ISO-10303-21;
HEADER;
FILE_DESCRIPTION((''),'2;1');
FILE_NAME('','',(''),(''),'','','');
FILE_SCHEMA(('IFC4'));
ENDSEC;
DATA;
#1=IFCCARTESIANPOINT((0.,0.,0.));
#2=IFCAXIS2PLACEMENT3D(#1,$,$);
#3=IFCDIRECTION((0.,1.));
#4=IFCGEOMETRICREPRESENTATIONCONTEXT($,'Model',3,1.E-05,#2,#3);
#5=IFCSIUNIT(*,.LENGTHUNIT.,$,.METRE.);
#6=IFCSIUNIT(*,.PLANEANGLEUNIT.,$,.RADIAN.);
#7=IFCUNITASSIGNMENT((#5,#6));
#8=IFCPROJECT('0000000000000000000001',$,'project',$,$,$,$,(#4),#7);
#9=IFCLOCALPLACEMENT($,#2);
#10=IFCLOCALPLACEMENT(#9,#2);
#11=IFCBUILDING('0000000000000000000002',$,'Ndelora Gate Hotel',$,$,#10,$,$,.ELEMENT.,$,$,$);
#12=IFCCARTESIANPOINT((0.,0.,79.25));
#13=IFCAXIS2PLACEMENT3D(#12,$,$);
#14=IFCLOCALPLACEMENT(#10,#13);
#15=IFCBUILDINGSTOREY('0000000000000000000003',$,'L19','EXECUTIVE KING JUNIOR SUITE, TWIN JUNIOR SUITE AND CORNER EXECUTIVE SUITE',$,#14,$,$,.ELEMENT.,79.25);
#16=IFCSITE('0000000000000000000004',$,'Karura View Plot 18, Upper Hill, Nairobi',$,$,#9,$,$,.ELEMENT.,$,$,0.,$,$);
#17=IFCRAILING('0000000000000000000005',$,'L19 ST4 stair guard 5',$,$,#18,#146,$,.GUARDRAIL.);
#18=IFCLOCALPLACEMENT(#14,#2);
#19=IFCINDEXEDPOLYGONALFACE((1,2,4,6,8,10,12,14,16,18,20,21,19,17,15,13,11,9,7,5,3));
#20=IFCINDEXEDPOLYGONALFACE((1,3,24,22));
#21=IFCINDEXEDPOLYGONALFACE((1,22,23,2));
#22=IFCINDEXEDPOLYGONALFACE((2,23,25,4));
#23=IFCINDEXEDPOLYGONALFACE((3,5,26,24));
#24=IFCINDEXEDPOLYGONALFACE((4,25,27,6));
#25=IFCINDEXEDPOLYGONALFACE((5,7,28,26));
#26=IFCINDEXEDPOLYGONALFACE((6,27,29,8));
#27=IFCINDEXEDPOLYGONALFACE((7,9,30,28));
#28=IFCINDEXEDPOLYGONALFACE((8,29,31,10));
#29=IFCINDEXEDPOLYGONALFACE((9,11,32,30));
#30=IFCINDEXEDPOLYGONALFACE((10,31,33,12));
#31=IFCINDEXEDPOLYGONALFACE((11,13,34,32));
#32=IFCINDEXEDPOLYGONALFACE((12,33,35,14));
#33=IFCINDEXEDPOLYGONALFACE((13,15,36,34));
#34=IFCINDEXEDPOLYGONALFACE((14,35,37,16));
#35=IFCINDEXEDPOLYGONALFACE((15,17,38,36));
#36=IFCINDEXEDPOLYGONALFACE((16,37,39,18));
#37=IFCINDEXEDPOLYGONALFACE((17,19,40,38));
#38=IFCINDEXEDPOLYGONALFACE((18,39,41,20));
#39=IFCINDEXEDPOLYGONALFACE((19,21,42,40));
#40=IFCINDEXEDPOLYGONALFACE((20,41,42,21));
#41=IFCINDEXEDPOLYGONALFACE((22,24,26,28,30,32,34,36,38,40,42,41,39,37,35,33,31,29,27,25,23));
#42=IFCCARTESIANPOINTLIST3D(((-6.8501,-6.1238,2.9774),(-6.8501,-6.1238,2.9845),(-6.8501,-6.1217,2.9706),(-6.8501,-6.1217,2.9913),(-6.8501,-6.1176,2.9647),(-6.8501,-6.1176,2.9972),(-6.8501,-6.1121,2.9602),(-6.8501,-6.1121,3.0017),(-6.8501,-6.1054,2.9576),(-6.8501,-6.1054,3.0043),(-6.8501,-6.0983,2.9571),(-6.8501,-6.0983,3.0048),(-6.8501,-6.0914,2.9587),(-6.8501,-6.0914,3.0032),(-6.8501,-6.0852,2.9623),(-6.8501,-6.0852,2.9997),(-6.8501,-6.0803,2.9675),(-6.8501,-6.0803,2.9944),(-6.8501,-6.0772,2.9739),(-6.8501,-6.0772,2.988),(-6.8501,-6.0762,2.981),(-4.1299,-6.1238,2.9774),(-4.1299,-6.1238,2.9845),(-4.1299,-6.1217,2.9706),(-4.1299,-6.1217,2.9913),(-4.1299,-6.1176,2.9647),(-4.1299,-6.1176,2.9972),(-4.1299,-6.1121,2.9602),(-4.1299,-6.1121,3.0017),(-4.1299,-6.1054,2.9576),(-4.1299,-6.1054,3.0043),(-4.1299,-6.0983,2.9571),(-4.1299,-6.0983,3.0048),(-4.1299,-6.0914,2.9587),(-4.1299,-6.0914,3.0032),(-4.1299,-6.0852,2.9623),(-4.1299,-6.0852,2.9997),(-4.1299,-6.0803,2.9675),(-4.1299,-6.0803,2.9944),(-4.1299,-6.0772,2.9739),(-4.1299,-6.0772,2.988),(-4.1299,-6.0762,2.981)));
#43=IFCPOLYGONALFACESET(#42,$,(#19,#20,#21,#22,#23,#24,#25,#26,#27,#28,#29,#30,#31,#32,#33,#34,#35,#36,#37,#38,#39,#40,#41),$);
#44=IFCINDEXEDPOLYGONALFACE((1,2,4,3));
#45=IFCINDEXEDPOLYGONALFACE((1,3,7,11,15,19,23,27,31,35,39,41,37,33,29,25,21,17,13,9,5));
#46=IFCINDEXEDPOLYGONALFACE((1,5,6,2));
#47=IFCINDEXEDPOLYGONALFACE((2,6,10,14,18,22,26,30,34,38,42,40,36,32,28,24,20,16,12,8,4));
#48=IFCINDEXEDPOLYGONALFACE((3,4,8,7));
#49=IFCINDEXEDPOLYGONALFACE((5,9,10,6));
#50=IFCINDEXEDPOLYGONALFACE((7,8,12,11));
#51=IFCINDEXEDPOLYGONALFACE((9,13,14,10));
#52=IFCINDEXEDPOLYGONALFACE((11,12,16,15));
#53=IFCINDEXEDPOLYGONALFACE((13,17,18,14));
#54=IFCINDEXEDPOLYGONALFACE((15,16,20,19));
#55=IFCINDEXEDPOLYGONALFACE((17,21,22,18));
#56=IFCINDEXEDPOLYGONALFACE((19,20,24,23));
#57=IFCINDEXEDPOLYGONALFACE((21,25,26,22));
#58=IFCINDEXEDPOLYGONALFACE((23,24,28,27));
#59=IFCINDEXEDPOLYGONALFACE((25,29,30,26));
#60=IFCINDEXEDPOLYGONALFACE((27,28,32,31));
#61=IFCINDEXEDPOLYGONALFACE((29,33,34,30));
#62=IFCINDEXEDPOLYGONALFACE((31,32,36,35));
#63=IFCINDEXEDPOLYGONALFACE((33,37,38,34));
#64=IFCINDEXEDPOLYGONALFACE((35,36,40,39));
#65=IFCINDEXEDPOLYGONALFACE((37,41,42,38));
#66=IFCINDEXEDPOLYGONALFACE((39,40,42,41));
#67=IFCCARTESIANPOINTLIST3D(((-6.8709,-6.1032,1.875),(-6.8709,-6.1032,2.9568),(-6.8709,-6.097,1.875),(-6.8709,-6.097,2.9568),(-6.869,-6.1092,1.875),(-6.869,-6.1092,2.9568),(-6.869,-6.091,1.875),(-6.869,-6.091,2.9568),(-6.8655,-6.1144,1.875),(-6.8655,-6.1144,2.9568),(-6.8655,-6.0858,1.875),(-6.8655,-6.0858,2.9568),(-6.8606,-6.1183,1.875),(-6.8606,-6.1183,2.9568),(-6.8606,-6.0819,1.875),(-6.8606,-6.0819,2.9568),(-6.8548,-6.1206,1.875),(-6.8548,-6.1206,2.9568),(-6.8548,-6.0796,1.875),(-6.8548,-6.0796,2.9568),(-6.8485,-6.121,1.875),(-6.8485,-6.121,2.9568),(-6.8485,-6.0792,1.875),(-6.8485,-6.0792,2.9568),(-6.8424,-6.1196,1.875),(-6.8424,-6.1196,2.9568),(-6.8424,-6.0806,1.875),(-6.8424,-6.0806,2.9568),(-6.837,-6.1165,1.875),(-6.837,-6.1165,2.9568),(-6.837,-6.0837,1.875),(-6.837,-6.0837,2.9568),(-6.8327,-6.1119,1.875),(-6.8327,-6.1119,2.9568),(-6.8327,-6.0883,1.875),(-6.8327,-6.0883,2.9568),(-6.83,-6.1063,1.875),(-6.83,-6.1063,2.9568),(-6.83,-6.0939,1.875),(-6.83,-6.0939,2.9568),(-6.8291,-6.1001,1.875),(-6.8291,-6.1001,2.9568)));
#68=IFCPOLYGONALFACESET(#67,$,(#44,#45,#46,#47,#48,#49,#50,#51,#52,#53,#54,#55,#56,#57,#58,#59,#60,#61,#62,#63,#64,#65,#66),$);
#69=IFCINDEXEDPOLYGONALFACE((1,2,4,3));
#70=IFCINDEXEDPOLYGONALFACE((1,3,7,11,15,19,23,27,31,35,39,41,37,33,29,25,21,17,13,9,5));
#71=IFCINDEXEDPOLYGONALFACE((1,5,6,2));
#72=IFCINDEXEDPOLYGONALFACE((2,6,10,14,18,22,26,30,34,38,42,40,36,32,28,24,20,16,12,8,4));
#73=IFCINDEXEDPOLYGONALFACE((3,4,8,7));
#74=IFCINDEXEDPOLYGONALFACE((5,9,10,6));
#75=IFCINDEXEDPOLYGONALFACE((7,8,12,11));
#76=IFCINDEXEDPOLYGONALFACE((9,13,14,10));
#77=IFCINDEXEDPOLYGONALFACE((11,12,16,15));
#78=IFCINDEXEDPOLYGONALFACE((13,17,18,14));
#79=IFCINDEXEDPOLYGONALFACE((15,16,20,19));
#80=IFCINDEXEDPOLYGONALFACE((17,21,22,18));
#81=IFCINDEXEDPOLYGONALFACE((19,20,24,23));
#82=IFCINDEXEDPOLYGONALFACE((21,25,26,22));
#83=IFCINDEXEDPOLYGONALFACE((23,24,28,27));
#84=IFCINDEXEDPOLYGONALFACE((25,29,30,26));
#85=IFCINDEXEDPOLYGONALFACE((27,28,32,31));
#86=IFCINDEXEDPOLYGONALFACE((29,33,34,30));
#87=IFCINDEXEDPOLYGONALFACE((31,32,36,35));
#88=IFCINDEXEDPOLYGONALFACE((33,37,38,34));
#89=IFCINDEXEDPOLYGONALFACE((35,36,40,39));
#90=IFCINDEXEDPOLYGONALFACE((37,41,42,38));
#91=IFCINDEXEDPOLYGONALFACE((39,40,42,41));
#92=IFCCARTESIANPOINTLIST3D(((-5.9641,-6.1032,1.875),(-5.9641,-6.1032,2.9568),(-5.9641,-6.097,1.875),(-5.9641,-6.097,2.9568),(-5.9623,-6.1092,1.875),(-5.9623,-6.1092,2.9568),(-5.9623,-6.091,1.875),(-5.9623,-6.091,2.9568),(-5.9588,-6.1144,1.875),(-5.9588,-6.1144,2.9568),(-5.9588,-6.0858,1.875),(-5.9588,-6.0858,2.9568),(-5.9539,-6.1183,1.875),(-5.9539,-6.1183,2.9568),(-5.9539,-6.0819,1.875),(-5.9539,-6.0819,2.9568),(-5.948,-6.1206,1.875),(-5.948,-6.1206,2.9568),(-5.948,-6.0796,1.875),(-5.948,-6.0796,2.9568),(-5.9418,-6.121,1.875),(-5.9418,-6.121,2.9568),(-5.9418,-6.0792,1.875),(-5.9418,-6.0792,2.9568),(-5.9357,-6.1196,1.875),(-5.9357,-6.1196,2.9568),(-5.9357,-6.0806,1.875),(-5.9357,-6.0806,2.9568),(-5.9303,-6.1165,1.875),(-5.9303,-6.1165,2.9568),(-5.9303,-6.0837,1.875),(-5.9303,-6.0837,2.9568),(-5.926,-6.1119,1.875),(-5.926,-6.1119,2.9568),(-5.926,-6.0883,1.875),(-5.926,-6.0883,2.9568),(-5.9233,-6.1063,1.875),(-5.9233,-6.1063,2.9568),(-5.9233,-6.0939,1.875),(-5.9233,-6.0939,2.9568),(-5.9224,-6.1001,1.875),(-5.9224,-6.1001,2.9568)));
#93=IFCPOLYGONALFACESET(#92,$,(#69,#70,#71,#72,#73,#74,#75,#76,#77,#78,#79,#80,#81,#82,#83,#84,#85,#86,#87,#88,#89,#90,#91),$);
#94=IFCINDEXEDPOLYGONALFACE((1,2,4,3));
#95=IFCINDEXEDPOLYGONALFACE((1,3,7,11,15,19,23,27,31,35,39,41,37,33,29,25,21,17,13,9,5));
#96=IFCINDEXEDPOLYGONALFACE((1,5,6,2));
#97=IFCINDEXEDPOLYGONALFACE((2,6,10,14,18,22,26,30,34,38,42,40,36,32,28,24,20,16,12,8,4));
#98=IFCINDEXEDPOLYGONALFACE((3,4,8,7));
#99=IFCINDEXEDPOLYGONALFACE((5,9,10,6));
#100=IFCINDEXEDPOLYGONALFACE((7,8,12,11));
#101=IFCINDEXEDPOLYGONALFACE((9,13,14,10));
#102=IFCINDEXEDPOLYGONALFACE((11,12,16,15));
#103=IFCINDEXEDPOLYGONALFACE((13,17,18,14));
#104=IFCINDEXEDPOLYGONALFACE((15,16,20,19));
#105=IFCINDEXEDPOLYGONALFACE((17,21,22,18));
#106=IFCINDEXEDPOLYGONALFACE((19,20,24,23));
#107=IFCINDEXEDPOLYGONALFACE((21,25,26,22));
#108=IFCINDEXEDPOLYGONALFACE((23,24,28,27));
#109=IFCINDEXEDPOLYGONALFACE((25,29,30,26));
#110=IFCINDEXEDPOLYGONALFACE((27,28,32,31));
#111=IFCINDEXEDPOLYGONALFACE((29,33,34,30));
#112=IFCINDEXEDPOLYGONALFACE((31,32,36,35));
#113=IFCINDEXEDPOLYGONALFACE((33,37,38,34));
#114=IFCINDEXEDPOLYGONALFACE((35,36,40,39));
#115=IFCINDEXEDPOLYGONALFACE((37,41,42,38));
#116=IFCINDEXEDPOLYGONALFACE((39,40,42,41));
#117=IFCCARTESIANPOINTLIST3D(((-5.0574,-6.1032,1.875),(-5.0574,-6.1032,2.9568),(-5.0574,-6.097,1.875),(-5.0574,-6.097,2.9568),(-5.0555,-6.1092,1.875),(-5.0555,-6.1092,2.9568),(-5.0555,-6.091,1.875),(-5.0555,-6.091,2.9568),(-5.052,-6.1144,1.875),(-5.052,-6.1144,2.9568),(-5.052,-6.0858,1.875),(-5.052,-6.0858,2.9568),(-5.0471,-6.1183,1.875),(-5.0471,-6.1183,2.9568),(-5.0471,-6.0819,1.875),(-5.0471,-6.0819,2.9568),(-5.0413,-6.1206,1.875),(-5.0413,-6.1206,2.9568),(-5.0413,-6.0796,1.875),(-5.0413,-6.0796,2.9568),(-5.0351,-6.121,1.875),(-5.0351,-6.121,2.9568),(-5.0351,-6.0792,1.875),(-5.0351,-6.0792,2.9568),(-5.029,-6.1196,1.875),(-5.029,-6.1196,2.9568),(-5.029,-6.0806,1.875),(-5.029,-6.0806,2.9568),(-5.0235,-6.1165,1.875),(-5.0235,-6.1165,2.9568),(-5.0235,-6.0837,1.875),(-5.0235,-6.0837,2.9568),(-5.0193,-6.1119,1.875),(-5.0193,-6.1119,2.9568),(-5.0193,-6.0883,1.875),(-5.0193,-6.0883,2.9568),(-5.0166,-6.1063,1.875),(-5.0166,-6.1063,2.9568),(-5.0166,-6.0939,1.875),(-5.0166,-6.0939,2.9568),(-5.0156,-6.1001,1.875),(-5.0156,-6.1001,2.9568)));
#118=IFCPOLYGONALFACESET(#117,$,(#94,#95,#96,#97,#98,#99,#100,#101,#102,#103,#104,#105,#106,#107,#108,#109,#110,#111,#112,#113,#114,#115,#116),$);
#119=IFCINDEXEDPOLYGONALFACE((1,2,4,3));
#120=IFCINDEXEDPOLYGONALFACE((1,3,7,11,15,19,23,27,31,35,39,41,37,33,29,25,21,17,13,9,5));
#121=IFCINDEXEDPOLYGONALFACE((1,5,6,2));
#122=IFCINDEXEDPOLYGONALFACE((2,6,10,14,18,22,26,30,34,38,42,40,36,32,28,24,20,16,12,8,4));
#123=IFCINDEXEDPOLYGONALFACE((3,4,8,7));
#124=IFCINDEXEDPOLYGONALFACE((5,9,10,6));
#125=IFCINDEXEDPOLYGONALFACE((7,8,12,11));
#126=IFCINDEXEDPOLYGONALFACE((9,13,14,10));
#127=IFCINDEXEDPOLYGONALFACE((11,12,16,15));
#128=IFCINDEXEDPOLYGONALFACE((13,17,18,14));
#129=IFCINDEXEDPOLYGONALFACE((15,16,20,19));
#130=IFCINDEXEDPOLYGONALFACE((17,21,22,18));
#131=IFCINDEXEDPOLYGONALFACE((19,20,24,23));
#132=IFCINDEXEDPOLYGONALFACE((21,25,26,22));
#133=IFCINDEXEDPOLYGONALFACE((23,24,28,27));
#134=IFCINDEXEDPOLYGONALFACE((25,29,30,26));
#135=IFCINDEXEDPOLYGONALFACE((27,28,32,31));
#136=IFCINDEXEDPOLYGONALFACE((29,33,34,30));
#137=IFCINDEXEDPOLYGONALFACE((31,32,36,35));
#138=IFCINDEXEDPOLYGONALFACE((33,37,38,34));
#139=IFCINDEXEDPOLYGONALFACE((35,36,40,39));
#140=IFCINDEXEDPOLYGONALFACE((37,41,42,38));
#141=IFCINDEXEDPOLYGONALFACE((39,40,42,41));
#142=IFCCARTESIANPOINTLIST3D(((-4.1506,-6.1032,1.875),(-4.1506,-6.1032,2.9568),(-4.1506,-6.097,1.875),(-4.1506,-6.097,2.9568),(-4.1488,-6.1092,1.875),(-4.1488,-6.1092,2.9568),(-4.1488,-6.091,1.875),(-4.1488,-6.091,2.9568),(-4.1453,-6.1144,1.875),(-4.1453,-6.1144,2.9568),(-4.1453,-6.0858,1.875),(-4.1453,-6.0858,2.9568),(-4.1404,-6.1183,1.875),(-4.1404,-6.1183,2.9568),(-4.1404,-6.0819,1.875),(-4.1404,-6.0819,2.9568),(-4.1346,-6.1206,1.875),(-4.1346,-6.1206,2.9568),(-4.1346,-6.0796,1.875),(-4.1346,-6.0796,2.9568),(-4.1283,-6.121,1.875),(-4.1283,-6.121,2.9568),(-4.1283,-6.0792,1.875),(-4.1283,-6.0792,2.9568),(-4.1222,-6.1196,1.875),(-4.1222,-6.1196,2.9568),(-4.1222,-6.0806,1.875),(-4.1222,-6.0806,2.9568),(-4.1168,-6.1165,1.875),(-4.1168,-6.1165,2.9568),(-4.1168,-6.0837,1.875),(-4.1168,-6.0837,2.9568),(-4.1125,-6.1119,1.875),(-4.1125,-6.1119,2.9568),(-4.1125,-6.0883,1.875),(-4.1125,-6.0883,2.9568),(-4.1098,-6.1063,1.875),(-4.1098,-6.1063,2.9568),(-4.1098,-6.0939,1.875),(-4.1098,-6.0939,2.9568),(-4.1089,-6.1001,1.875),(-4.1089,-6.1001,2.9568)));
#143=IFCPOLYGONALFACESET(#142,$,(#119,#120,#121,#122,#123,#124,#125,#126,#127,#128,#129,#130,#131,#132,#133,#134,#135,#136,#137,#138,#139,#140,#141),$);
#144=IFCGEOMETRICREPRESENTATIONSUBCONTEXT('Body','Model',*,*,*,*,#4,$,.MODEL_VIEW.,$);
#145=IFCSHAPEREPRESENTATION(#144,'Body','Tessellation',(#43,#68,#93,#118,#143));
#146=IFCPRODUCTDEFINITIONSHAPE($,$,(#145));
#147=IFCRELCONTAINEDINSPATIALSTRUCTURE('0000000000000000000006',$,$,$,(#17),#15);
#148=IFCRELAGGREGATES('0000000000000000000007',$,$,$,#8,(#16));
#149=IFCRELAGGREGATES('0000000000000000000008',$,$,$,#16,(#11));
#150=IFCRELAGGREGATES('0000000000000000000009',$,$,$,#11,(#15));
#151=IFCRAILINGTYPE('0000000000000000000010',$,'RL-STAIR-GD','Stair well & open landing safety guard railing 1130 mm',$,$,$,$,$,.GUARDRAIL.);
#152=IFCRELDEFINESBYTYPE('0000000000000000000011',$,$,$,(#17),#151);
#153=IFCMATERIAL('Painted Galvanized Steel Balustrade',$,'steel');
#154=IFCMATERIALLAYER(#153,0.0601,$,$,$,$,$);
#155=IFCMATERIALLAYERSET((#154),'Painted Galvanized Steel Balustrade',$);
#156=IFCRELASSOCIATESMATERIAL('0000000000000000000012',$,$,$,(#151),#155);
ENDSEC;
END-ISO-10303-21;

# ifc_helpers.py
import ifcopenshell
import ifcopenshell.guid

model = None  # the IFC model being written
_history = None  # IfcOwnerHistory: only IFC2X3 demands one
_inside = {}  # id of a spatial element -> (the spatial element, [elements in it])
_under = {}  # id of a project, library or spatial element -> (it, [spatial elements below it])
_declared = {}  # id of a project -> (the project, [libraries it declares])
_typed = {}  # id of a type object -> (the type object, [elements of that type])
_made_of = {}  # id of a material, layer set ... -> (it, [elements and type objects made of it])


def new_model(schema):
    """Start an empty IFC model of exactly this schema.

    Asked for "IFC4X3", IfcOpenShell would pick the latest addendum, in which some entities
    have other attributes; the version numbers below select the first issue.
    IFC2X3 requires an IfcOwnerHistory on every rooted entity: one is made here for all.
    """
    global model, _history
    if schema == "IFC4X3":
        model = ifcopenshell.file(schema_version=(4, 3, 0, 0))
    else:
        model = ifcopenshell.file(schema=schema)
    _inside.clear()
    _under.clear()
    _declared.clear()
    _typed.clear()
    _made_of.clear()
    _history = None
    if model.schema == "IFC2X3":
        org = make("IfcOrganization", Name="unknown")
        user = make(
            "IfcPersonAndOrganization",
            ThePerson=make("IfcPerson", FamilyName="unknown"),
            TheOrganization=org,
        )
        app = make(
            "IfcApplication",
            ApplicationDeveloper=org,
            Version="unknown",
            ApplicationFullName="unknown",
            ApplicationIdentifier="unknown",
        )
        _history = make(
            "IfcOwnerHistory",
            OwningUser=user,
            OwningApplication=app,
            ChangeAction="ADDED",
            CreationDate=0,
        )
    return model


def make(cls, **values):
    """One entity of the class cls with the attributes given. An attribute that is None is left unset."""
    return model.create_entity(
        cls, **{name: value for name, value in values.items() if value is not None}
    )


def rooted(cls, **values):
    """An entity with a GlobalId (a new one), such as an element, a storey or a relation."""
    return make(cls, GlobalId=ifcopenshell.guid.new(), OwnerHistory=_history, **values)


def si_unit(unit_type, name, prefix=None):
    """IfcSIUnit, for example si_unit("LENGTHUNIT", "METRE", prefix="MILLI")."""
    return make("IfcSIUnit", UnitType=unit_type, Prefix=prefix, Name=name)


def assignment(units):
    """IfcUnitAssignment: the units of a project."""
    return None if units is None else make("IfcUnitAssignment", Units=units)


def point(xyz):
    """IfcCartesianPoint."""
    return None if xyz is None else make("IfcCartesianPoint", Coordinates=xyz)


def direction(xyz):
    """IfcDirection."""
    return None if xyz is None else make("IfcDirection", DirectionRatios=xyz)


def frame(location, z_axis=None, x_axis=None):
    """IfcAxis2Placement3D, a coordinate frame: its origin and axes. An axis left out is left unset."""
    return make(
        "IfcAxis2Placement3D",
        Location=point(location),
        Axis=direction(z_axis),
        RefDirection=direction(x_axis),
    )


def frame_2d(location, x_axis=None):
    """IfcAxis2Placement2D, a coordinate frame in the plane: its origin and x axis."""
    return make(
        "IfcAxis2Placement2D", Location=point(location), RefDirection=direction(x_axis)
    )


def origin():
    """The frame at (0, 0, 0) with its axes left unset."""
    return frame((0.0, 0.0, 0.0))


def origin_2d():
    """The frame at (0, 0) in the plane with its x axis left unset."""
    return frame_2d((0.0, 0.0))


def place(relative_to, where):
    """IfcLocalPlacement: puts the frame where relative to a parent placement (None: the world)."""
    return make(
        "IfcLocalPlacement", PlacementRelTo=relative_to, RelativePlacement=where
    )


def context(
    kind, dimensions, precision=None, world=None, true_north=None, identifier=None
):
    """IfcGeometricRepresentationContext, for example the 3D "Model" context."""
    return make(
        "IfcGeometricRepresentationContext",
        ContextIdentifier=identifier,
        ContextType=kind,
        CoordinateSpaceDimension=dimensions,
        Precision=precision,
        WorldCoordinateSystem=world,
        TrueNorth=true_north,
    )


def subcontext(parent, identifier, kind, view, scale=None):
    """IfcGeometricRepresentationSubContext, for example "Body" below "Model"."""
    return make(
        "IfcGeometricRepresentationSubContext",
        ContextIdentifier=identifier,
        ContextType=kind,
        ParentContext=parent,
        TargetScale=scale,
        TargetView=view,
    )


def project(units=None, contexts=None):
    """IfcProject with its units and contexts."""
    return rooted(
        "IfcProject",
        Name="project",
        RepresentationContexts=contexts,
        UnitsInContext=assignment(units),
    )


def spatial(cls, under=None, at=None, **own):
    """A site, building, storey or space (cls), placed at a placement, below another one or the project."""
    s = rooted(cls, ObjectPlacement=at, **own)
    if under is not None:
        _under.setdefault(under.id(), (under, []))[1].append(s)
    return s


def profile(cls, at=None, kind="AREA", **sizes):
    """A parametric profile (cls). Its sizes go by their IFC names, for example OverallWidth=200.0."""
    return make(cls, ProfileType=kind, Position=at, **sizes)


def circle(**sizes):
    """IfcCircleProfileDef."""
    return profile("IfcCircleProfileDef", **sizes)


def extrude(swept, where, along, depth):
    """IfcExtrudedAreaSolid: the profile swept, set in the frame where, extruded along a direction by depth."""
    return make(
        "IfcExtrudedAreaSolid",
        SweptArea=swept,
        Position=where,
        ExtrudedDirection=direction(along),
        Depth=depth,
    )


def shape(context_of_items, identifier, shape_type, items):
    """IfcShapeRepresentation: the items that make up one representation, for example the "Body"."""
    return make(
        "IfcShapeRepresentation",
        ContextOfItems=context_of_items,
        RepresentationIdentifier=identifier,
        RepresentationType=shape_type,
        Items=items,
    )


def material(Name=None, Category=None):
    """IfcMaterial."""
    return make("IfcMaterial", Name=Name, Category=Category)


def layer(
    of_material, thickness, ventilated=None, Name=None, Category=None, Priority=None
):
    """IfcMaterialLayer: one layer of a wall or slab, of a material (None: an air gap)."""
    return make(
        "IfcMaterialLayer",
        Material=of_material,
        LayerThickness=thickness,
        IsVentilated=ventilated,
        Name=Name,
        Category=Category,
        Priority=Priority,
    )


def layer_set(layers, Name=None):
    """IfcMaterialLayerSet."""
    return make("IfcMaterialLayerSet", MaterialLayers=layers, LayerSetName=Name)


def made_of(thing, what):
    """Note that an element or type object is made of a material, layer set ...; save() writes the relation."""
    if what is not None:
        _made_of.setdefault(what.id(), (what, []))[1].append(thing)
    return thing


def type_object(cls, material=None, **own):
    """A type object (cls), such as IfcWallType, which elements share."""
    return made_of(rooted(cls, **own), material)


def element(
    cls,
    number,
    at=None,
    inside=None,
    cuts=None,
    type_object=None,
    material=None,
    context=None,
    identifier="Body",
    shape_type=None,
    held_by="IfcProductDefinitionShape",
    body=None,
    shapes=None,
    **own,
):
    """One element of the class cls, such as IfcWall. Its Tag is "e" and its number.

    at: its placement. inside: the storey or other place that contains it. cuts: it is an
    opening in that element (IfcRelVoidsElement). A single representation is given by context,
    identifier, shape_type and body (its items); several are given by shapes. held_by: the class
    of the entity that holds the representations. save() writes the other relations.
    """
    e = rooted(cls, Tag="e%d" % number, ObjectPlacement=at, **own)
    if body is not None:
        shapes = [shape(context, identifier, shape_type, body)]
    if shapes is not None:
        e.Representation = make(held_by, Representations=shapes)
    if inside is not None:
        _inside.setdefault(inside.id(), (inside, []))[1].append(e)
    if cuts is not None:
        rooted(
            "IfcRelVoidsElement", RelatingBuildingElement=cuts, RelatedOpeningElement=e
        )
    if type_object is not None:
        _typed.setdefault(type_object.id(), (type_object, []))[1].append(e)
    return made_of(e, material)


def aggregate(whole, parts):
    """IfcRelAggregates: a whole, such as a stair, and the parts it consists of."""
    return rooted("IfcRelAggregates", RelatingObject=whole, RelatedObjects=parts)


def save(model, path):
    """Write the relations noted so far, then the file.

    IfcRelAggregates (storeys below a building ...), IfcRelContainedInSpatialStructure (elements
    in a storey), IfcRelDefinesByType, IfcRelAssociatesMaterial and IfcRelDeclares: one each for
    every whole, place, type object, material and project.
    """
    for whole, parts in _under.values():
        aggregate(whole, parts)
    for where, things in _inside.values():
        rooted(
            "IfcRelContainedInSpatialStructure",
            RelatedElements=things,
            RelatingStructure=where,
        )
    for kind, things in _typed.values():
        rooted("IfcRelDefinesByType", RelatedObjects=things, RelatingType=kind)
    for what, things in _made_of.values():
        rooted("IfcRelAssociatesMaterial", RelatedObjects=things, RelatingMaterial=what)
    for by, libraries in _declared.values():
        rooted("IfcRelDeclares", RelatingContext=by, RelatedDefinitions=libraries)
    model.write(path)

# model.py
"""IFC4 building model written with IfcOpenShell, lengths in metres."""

from ifc_helpers import new_model, si_unit, direction, frame, origin, origin_2d, place, context, subcontext, project, spatial, circle, extrude, material, layer, layer_set, type_object, element, save


model = new_model("IFC4")

# Units and contexts
model_context = context("Model", 3, precision=1e-05, world=origin(), true_north=direction((0.0, 1.0)))
body_context = subcontext(model_context, "Body", "Model", "MODEL_VIEW")
ifc_project = project(units=[si_unit("LENGTHUNIT", "METRE"), si_unit("PLANEANGLEUNIT", "RADIAN")], contexts=[model_context])

# Site, building, storey
site_placement = place(None, origin())
site = spatial("IfcSite", under=ifc_project, at=site_placement, Name="Karura View Plot 18, Upper Hill, Nairobi", CompositionType="ELEMENT", RefElevation=0.0)
building_placement = place(site_placement, origin())
building = spatial("IfcBuilding", under=site, at=building_placement, Name="Ndelora Gate Hotel", CompositionType="ELEMENT")
storey_placement = place(building_placement, frame((0.0, 0.0, 79.25)))
storey = spatial("IfcBuildingStorey", under=building, at=storey_placement, Name="L19", Description="EXECUTIVE KING JUNIOR SUITE, TWIN JUNIOR SUITE AND CORNER EXECUTIVE SUITE", CompositionType="ELEMENT", Elevation=79.25)

# Railing
ifc_material_1 = material(Name="Painted Galvanized Steel Balustrade", Category="steel")
ifc_layer_1 = layer(ifc_material_1, 0.0601)
ifc_layer_set_1 = layer_set([ifc_layer_1], Name="Painted Galvanized Steel Balustrade")
railing_type = type_object("IfcRailingType", Name="RL-STAIR-GD", Description="Stair well & open landing safety guard railing 1130 mm", PredefinedType="GUARDRAIL", material=ifc_layer_set_1)
railing_1_placement = place(storey_placement, frame((-6.8501, -6.1001, 1.875)))
element("IfcRailing", 1, at=railing_1_placement, inside=storey, type_object=railing_type, Name="L19 ST4 stair guard 5", PredefinedType="GUARDRAIL", context=body_context, shape_type="SweptSolid", body=[
    extrude(circle(Radius=0.0239, at=origin_2d()), frame((0.0, 0.0, 1.106), z_axis=(1.0, 0.0, 0.0), x_axis=(0.0, 1.0, 0.0)), (0.0, 0.0, 1.0), 2.7202),
    extrude(circle(Radius=0.021, at=origin_2d()), origin(), (0.0, 0.0, 1.0), 1.0818),
    extrude(circle(Radius=0.021, at=origin_2d()), frame((0.9067, 0.0, 0.0)), (0.0, 0.0, 1.0), 1.0818),
    extrude(circle(Radius=0.021, at=origin_2d()), frame((1.8135, 0.0, 0.0)), (0.0, 0.0, 1.0), 1.0818),
    extrude(circle(Radius=0.021, at=origin_2d()), frame((2.7202, 0.0, 0.0)), (0.0, 0.0, 1.0), 1.0818),
])

save(model, "model.ifc")
